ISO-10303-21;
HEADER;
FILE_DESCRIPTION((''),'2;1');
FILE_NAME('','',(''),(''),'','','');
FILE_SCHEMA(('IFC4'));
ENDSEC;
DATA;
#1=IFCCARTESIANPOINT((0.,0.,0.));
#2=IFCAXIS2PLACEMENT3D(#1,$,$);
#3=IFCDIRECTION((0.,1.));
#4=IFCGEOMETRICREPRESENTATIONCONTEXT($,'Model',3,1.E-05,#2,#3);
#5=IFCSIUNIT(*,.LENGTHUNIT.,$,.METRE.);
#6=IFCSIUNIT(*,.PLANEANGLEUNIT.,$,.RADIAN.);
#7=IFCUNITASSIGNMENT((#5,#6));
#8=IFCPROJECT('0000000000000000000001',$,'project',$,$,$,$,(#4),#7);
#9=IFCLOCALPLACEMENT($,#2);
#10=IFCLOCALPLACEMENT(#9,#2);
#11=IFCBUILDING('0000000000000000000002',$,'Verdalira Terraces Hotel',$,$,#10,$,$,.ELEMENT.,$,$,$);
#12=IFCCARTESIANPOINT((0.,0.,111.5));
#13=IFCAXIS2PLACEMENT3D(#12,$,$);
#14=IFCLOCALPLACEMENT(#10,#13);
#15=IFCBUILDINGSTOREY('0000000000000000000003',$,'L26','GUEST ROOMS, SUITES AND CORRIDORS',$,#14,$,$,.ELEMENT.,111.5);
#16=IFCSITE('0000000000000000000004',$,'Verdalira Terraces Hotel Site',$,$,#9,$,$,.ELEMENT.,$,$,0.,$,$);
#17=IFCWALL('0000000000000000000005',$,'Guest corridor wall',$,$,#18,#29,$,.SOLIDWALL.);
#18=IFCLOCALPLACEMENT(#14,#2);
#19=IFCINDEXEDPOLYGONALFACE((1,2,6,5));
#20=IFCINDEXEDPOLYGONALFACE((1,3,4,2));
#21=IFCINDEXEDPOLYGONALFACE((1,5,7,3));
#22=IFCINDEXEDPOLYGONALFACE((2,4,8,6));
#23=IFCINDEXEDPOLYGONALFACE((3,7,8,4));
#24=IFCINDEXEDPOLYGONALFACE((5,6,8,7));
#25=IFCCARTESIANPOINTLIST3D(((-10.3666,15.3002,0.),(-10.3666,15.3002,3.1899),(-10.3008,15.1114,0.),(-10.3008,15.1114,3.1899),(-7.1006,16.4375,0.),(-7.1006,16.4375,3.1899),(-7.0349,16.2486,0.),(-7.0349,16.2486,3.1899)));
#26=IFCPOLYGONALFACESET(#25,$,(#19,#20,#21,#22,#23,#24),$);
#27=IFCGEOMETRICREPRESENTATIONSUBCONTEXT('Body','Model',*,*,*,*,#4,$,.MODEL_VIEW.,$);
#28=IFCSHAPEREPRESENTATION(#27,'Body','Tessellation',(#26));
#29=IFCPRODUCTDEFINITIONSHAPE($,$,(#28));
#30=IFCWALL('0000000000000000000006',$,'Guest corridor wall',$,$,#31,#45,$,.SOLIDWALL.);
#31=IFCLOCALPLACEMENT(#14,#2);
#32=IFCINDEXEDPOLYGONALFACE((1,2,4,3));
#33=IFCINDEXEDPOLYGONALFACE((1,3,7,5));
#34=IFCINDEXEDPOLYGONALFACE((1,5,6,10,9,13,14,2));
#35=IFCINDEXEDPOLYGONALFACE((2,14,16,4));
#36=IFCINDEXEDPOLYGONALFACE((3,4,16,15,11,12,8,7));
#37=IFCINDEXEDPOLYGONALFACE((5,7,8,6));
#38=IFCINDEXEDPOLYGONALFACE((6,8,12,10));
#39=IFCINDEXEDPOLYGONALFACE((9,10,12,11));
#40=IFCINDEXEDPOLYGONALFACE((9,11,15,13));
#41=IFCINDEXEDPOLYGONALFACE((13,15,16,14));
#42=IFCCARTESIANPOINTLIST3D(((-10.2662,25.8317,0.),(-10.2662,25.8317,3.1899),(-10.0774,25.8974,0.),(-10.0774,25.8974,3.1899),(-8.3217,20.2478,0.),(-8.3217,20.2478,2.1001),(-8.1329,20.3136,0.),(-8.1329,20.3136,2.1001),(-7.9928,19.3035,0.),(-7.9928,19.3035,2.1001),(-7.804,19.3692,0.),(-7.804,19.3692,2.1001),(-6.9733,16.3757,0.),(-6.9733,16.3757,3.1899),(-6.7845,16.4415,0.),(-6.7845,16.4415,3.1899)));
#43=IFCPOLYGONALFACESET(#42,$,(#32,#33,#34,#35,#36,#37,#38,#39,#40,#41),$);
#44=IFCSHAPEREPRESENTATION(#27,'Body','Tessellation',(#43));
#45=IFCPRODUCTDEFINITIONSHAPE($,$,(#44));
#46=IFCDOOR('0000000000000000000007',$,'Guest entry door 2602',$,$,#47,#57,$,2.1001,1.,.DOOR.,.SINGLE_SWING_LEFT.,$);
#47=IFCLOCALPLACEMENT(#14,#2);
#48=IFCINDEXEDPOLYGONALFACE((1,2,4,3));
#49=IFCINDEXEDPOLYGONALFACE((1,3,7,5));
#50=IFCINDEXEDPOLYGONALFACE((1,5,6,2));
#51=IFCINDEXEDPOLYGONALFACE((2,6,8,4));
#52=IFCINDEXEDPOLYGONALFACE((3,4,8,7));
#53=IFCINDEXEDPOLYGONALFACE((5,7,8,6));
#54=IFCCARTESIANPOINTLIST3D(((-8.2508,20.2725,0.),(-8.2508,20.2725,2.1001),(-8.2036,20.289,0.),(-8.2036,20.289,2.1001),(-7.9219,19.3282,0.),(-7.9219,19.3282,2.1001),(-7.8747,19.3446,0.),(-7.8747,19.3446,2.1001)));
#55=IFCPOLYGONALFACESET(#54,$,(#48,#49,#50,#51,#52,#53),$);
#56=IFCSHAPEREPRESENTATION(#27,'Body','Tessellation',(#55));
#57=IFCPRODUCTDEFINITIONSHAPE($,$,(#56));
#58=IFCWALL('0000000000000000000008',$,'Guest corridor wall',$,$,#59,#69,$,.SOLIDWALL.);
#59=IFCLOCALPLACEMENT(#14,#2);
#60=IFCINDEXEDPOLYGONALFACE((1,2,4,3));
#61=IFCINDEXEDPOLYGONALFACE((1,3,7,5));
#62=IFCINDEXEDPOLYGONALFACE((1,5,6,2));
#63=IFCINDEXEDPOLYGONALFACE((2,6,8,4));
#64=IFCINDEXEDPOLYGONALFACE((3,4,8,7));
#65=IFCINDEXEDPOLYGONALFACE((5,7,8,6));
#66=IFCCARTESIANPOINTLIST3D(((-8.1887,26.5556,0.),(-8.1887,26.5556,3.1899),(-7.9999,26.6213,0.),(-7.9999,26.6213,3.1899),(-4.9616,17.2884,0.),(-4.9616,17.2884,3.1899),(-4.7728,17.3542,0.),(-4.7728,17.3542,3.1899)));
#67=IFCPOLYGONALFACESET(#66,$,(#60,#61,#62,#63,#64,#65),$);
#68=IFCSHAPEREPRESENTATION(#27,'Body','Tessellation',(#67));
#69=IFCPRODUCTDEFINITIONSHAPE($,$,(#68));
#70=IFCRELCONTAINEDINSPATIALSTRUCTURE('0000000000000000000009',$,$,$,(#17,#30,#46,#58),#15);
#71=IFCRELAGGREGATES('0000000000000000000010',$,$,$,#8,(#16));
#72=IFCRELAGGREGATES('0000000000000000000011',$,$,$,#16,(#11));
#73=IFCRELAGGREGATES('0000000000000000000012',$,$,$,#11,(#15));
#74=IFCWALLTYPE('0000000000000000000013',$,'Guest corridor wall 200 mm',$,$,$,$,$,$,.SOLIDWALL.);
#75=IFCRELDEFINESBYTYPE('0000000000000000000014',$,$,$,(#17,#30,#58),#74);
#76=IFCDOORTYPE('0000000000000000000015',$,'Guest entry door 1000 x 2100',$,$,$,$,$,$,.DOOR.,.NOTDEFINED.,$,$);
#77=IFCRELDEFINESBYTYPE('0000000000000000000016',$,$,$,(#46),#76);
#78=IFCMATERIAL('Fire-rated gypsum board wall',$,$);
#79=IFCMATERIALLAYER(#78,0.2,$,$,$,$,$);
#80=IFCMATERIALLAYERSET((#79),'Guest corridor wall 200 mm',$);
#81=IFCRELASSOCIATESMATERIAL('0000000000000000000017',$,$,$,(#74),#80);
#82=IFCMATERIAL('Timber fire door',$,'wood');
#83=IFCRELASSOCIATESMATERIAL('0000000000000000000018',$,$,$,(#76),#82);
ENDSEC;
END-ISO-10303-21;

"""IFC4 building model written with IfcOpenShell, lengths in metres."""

from ifc_helpers import new_model, si_unit, direction, frame, frame_2d, origin, place, context, subcontext, project, spatial, rectangle, extrude, material, layer, layer_set, type_object, element, fill, save


model = new_model("IFC4")

# Units and contexts
model_context = context("Model", 3, precision=1e-05, world=origin(), true_north=direction((0.0, 1.0)))
body_context = subcontext(model_context, "Body", "Model", "MODEL_VIEW")
ifc_project = project(units=[si_unit("LENGTHUNIT", "METRE"), si_unit("PLANEANGLEUNIT", "RADIAN")], contexts=[model_context])

# Site, building, storey
site_placement = place(None, origin())
site = spatial("IfcSite", under=ifc_project, at=site_placement, Name="Verdalira Terraces Hotel Site", CompositionType="ELEMENT", RefElevation=0.0)
building_placement = place(site_placement, origin())
building = spatial("IfcBuilding", under=site, at=building_placement, Name="Verdalira Terraces Hotel", CompositionType="ELEMENT")
storey_placement = place(building_placement, frame((0.0, 0.0, 111.5)))
storey = spatial("IfcBuildingStorey", under=building, at=storey_placement, Name="L26", Description="GUEST ROOMS, SUITES AND CORRIDORS", CompositionType="ELEMENT", Elevation=111.5)

# Wall
ifc_material_1 = material(Name="Fire-rated gypsum board wall")
ifc_layer_1 = layer(ifc_material_1, 0.2)
ifc_layer_set_1 = layer_set([ifc_layer_1], Name="Guest corridor wall 200 mm")
wall_type_1 = type_object("IfcWallType", Name="Guest corridor wall 200 mm", PredefinedType="SOLIDWALL", material=ifc_layer_set_1)
wall_1_placement = place(storey_placement, frame((-7.0679, 16.343, 0.0), z_axis=(0.0, 0.0, 1.0), x_axis=(-0.944384, -0.328844, 0.0)))
element("IfcWall", 1, at=wall_1_placement, inside=storey, type_object=wall_type_1, Name="Guest corridor wall", PredefinedType="SOLIDWALL", context=body_context, shape_type="SweptSolid", body=[
    extrude(rectangle(XDim=3.4583, YDim=0.2, at=frame_2d((1.729, 0.0))), origin(), (0.0, 0.0, 1.0), 3.1899),
])

# Wall, opening, door
wall_2_placement = place(storey_placement, frame((-6.8789, 16.4087, 0.0), z_axis=(0.0, 0.0, 1.0), x_axis=(-0.328869, 0.944376, 0.0)))
wall_2 = element("IfcWall", 2, at=wall_2_placement, inside=storey, type_object=wall_type_1, Name="Guest corridor wall", PredefinedType="SOLIDWALL", context=body_context, shape_type="SweptSolid", body=[
    extrude(rectangle(XDim=10.0129, YDim=0.2, at=frame_2d((5.0063, 0.0))), origin(), (0.0, 0.0, 1.0), 3.1899),
])
opening_1_placement = place(wall_2_placement, frame((3.1001, 0.0, 0.0)))
opening_1 = element("IfcOpeningElement", 3, at=opening_1_placement, cuts=wall_2, PredefinedType="OPENING", context=body_context, shape_type="SweptSolid", body=[
    extrude(rectangle(XDim=1.0, YDim=2.1001, at=frame_2d((0.5, 1.05))), frame((0.0, 0.1099, 0.0), z_axis=(0.0, -1.0, 0.0), x_axis=(1.0, 0.0, 0.0)), (0.0, 0.0, 1.0), 0.22),
])
ifc_material_2 = material(Name="Timber fire door", Category="wood")
door_type_1 = type_object("IfcDoorType", Name="Guest entry door 1000 x 2100", OperationType="NOTDEFINED", PredefinedType="DOOR", material=ifc_material_2)
door_1_placement = place(opening_1_placement, origin())
door_1 = element("IfcDoor", 4, at=door_1_placement, inside=storey, type_object=door_type_1, Name="Guest entry door 2602", OperationType="SINGLE_SWING_LEFT", OverallHeight=2.1001, OverallWidth=1.0, PredefinedType="DOOR", context=body_context, shape_type="SweptSolid", body=[
    extrude(rectangle(XDim=1.0, YDim=2.1001, at=frame_2d((0.5, 1.05))), frame((0.0, 0.0249, 0.0), z_axis=(0.0, -1.0, 0.0), x_axis=(1.0, 0.0, 0.0)), (0.0, 0.0, 1.0), 0.05),
])
fill(opening_1, door_1)

# Wall
wall_3_placement = place(storey_placement, frame((-4.8672, 17.3213, 0.0), z_axis=(0.0, 0.0, 1.0), x_axis=(-0.328858, 0.944379, 0.0)))
element("IfcWall", 5, at=wall_3_placement, inside=storey, type_object=wall_type_1, Name="Guest corridor wall", PredefinedType="SOLIDWALL", context=body_context, shape_type="SweptSolid", body=[
    extrude(rectangle(XDim=9.813, YDim=0.2, at=frame_2d((4.9065, 0.0))), origin(), (0.0, 0.0, 1.0), 3.1899),
])

save(model, "model.ifc")
